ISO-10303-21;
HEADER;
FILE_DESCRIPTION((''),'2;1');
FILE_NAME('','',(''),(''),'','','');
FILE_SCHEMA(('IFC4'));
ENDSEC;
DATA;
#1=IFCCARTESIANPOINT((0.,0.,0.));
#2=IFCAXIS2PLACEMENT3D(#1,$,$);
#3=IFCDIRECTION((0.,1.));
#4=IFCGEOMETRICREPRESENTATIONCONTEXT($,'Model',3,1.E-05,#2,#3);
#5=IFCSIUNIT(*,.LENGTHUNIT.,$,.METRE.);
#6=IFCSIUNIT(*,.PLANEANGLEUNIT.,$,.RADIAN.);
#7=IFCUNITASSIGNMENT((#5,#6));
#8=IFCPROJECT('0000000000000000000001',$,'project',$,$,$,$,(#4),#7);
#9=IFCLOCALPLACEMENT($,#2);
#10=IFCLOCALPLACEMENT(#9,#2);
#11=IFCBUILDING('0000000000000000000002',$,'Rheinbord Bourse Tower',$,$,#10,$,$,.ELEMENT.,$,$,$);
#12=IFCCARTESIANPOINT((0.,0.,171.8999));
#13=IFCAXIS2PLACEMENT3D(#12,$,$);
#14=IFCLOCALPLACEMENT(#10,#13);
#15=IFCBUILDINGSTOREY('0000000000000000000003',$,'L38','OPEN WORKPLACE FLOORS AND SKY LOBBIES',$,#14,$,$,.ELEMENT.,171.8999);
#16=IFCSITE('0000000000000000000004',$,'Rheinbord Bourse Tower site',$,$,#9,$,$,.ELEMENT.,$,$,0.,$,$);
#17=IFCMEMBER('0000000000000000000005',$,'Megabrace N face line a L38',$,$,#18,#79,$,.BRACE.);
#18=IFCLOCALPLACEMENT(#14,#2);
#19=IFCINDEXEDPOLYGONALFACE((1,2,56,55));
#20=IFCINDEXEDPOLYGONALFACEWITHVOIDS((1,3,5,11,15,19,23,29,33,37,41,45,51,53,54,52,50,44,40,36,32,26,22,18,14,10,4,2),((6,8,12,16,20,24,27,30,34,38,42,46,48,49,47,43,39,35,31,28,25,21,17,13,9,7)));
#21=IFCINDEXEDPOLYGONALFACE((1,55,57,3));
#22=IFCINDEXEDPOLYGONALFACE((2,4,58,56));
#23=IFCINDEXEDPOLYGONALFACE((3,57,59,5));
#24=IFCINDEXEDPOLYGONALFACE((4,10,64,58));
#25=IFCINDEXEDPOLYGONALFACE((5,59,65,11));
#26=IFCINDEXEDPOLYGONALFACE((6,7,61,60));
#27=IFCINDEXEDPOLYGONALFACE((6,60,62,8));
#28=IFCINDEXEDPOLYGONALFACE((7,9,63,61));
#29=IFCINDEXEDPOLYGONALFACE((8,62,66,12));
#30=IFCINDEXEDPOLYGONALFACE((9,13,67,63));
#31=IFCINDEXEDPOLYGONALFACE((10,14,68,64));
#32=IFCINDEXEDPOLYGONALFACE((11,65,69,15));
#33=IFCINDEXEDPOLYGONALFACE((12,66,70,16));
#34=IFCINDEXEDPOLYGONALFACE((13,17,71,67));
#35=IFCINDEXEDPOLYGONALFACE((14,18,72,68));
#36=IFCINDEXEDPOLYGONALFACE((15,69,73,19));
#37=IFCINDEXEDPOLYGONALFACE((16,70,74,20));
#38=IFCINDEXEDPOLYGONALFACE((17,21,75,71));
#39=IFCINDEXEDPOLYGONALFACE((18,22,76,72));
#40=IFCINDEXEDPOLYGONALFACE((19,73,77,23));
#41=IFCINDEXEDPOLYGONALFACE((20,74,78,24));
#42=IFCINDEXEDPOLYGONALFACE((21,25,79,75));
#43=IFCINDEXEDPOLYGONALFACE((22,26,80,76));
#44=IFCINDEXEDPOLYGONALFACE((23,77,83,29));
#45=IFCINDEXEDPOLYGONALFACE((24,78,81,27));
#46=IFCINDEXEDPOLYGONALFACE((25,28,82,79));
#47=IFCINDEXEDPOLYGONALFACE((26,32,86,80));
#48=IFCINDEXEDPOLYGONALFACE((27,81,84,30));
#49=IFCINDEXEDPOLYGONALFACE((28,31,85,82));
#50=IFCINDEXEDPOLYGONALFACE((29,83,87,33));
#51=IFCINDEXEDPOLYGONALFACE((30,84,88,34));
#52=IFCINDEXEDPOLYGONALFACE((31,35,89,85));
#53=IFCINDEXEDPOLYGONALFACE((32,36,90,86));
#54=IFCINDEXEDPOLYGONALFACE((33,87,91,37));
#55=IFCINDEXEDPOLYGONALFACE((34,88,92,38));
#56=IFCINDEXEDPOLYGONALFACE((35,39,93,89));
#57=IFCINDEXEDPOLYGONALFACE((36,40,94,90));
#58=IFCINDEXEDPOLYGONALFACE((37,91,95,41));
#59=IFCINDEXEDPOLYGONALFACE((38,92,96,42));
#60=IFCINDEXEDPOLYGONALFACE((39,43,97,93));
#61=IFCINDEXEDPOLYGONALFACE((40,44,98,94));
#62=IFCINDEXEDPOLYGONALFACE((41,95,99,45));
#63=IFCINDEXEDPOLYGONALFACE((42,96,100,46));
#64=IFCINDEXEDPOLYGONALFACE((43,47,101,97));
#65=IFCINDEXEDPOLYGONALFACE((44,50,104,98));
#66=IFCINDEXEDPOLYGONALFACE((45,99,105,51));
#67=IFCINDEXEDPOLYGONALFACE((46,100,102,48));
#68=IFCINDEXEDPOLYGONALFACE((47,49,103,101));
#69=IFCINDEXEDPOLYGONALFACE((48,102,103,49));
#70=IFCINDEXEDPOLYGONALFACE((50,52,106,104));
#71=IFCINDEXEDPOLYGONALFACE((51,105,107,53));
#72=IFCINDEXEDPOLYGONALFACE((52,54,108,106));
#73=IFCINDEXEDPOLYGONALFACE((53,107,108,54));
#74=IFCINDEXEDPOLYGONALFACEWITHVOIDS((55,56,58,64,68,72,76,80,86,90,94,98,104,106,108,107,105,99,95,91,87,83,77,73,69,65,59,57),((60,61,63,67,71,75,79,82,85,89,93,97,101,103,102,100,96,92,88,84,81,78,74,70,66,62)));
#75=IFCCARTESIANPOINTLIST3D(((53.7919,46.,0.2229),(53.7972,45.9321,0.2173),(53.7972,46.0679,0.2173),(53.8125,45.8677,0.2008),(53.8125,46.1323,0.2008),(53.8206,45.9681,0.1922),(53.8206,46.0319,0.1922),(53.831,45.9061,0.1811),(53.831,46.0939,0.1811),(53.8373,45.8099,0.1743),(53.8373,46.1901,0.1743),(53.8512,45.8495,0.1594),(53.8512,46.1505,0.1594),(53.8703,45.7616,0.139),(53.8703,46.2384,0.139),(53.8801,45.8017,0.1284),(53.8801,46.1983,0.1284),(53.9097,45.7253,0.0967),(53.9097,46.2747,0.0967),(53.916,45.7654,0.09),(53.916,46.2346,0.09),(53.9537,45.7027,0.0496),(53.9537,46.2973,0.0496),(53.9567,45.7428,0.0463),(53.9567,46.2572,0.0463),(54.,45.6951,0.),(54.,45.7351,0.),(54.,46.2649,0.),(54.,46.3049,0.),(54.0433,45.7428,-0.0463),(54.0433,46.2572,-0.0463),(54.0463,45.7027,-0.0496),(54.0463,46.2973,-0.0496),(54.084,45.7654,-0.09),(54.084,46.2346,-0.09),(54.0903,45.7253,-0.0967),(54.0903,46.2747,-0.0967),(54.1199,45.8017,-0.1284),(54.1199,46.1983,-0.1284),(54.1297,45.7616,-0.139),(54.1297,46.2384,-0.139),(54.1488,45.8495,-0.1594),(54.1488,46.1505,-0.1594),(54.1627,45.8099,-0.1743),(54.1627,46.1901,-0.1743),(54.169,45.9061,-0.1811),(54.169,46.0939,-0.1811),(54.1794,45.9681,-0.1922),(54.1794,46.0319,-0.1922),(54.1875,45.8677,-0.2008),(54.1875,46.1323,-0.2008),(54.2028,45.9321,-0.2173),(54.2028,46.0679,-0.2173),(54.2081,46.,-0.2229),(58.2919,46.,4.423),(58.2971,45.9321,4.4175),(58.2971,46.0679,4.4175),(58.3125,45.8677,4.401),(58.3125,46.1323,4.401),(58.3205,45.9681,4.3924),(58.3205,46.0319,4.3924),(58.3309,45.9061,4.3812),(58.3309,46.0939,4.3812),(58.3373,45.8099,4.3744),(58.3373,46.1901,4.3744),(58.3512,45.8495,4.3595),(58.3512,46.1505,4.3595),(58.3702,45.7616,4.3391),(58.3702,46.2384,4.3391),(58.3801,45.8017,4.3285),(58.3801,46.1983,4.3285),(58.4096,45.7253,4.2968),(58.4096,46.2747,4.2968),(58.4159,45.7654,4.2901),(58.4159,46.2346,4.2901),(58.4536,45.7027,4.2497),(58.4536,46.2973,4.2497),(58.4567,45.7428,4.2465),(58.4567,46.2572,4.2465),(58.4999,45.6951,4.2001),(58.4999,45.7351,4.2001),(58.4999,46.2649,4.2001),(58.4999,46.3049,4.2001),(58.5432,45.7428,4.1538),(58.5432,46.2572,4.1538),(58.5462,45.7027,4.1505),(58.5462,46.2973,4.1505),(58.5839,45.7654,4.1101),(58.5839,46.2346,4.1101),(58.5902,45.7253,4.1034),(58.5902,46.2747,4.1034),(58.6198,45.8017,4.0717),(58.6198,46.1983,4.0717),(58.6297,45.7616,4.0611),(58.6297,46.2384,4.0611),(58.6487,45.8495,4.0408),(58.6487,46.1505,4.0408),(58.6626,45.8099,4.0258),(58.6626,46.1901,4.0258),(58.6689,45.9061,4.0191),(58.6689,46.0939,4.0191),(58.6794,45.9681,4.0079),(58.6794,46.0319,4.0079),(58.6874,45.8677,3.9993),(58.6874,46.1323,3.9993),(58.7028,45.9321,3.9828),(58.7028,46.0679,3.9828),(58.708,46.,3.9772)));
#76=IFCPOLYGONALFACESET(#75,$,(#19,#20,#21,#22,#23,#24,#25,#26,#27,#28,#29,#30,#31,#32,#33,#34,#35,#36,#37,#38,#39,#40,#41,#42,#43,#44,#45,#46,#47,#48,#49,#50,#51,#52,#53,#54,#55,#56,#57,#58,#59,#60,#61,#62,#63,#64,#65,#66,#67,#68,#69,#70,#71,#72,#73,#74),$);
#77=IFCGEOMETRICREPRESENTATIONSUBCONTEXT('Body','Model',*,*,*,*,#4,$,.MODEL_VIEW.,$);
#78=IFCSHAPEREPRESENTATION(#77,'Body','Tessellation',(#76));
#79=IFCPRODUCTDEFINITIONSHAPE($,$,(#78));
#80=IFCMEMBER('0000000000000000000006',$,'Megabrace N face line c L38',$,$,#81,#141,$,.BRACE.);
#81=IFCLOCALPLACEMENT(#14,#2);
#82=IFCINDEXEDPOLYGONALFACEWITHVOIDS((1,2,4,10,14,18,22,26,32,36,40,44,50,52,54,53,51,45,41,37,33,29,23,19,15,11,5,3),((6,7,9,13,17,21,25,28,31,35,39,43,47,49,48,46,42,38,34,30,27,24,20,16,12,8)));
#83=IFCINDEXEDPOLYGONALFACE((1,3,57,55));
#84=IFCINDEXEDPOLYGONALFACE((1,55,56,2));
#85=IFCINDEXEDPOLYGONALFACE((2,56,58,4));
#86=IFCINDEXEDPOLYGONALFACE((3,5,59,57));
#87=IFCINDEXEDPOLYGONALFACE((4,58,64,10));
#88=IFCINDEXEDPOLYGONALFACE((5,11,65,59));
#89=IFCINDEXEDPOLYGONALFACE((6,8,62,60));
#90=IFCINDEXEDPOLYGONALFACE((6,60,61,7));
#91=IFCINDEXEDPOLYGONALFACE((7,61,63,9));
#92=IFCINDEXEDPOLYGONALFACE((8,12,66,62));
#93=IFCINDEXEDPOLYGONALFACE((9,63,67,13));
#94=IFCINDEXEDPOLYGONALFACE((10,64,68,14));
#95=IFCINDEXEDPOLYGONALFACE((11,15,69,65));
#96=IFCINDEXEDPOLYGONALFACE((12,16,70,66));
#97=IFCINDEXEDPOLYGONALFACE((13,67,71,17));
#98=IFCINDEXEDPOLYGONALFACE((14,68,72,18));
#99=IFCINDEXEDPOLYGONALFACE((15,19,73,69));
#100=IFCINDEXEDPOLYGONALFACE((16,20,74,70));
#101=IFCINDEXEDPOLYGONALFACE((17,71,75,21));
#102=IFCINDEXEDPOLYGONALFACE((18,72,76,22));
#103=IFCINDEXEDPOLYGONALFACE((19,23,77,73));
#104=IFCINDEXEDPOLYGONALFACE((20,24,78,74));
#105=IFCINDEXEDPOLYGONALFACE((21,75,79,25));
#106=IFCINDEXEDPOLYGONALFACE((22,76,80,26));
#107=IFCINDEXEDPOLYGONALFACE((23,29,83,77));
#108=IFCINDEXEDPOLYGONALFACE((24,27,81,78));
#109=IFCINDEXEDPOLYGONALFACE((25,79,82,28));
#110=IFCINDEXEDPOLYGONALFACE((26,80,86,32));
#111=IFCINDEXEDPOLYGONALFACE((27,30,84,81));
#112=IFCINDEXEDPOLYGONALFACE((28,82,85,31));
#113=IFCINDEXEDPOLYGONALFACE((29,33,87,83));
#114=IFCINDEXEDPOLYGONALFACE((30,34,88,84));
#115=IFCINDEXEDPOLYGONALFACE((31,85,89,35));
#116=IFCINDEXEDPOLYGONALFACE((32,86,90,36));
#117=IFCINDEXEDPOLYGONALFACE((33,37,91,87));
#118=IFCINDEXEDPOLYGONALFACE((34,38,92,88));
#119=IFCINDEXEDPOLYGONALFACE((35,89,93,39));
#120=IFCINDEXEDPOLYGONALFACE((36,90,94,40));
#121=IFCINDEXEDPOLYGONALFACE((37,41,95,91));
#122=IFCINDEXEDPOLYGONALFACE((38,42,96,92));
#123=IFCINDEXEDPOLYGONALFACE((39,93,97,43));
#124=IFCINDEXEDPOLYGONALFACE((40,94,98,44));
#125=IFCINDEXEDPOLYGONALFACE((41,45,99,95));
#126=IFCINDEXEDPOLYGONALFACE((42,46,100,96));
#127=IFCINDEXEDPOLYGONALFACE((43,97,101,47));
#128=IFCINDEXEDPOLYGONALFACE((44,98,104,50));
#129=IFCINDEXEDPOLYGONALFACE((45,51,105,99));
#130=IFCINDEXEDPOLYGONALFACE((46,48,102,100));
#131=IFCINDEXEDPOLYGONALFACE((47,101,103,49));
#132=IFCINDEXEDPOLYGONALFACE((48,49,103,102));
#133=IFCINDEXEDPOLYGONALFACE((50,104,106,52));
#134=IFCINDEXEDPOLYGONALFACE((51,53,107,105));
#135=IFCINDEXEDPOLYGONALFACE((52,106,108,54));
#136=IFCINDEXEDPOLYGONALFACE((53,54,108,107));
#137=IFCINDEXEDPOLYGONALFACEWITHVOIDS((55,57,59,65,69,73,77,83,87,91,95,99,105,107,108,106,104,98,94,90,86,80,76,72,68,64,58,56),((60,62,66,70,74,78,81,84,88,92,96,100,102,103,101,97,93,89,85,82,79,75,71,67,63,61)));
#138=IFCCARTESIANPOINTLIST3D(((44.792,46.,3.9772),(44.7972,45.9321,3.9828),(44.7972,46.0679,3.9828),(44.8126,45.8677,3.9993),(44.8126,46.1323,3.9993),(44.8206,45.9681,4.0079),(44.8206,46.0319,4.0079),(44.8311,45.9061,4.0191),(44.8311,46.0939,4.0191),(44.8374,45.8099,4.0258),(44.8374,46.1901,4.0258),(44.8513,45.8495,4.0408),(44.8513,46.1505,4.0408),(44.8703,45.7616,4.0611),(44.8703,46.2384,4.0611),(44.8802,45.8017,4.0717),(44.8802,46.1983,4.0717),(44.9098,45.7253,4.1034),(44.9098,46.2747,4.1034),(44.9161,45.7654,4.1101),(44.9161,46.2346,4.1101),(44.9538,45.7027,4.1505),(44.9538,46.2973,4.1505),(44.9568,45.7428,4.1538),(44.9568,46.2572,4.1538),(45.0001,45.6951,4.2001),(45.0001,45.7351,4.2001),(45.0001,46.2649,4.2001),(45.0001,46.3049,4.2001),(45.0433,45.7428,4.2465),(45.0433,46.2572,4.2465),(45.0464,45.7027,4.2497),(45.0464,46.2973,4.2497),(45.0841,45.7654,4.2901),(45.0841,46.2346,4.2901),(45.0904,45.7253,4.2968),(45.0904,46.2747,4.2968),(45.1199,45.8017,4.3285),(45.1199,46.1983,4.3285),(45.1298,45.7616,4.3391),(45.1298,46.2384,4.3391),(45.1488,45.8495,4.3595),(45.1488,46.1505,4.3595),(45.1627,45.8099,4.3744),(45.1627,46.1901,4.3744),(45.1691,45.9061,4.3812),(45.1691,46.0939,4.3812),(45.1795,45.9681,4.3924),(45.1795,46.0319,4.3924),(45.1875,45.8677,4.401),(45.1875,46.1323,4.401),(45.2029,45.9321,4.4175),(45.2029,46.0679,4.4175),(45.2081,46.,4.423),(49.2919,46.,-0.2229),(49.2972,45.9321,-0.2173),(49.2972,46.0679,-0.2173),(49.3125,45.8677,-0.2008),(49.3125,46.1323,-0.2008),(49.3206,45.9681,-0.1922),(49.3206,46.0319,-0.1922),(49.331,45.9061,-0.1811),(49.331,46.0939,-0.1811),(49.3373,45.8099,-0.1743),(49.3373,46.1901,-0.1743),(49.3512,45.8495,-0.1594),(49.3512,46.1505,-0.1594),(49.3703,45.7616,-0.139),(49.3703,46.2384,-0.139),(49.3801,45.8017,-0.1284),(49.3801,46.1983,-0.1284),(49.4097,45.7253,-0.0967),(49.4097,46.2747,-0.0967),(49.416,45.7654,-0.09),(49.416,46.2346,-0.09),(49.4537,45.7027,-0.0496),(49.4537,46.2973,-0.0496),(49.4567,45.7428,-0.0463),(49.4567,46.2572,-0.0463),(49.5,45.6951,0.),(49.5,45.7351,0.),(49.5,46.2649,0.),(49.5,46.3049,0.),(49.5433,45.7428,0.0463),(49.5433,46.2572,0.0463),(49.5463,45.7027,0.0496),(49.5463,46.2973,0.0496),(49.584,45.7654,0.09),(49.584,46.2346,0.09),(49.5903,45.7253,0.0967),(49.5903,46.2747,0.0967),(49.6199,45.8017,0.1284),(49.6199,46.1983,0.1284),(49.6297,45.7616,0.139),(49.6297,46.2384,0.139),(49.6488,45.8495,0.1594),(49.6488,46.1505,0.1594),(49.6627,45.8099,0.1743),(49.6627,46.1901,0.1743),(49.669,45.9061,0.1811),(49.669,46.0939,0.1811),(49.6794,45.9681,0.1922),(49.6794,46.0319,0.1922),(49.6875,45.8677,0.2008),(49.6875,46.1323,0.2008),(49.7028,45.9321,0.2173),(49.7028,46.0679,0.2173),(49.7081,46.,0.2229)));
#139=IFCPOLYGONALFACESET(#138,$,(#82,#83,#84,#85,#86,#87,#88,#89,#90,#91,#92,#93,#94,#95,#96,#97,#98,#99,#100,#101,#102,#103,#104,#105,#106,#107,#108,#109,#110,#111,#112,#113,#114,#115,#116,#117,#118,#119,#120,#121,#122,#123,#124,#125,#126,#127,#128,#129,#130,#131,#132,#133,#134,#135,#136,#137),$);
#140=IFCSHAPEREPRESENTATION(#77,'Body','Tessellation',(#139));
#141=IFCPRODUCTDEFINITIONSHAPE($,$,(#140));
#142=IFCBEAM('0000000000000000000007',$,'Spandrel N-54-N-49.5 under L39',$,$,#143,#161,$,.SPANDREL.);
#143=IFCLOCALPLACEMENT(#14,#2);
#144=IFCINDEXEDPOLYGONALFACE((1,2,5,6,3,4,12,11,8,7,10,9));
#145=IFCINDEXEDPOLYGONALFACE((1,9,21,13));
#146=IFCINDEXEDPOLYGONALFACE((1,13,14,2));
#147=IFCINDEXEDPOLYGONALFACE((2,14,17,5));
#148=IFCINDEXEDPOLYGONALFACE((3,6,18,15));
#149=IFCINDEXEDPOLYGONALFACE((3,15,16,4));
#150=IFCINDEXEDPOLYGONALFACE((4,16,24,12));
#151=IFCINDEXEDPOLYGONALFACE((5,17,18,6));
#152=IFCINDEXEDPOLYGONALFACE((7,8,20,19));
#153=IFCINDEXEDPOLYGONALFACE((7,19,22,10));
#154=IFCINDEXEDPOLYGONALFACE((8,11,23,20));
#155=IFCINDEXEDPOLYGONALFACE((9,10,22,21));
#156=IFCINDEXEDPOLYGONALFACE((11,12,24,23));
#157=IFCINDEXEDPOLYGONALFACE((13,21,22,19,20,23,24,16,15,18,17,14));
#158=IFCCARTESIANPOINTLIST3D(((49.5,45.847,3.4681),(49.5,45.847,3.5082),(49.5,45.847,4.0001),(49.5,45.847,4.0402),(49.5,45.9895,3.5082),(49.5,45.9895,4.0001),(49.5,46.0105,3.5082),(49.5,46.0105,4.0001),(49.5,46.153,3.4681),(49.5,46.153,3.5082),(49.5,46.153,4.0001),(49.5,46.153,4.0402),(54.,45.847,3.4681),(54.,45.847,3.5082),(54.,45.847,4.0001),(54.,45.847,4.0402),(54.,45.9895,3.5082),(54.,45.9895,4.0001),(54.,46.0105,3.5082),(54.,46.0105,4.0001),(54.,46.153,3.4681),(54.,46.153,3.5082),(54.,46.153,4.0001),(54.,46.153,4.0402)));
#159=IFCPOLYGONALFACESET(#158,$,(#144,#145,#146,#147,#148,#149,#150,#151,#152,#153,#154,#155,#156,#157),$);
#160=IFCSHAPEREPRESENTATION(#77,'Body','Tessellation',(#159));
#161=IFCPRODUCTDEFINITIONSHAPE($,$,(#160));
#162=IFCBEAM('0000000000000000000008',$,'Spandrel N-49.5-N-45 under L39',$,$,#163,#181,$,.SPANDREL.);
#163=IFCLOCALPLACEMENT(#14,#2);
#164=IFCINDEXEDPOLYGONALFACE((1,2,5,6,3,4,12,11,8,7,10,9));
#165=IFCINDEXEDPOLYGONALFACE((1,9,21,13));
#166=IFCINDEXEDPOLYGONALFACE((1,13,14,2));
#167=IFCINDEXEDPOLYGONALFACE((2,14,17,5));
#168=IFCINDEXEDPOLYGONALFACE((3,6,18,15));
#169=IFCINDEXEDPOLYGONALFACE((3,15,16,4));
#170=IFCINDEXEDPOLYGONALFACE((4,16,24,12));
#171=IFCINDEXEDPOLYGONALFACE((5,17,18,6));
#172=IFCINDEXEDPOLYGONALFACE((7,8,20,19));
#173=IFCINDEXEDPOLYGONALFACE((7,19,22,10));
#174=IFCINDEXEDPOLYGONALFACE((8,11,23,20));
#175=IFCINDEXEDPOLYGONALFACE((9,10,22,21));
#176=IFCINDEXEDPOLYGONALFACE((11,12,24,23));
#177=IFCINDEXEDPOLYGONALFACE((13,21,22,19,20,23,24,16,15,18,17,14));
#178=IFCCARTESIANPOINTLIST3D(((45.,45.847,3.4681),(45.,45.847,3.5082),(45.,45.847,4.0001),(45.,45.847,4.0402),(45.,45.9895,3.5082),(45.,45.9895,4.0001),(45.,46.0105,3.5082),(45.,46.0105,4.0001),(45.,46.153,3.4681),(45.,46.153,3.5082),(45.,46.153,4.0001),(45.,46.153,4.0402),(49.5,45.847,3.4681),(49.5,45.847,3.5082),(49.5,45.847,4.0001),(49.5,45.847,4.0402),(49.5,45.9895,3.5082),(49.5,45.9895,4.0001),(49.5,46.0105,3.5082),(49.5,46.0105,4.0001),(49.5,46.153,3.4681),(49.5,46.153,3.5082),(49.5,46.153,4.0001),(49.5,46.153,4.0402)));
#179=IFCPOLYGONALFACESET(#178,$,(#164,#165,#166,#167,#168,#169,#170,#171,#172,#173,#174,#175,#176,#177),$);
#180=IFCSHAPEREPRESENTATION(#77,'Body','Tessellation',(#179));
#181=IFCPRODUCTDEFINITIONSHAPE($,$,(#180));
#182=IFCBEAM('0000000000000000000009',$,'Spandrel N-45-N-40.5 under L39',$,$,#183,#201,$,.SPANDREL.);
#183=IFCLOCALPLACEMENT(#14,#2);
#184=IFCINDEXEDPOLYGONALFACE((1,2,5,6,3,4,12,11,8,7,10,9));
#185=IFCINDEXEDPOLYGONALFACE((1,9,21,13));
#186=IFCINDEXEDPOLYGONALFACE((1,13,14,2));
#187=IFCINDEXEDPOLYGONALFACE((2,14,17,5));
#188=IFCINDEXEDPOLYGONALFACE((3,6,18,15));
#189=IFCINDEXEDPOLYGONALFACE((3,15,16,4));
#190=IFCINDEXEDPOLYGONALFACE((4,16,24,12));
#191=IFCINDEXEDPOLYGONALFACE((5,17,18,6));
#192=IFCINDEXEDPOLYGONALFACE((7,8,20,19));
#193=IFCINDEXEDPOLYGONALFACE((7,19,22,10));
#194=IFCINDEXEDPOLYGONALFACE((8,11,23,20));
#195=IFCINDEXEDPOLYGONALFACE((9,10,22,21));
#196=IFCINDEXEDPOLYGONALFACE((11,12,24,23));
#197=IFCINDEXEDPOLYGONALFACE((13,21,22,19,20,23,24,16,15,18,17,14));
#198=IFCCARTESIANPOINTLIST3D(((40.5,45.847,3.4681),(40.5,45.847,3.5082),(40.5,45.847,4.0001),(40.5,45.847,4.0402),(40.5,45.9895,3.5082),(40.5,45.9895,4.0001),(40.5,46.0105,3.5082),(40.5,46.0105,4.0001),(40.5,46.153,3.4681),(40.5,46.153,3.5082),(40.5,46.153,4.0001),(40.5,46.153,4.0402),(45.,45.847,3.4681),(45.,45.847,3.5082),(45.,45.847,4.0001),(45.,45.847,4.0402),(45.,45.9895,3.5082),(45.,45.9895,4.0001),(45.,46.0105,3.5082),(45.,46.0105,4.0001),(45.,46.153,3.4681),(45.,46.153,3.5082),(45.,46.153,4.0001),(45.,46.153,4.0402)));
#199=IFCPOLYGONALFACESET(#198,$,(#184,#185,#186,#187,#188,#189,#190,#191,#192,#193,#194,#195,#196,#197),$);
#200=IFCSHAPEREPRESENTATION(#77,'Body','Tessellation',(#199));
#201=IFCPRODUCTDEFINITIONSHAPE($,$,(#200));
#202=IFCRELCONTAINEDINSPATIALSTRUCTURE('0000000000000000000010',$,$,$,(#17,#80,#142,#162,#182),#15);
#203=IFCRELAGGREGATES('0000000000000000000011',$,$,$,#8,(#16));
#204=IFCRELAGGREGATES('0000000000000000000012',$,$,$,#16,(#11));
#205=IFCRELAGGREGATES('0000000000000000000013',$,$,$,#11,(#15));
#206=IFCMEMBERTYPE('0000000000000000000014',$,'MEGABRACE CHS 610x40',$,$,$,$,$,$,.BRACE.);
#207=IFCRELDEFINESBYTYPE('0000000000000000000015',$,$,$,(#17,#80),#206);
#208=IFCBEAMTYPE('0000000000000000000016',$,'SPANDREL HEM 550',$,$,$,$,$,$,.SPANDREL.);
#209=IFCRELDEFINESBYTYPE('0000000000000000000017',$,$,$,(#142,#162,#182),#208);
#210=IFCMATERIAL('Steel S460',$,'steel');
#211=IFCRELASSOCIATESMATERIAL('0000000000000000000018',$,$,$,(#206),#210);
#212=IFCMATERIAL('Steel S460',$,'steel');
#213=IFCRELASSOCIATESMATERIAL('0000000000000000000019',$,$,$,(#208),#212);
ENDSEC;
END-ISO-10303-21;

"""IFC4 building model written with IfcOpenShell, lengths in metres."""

from ifc_helpers import new_model, si_unit, direction, frame, origin, origin_2d, place, context, subcontext, project, spatial, hollow_circle, i_section, extrude, material, material_profile, profile_set, type_object, element, save


model = new_model("IFC4")

# Units and contexts
model_context = context("Model", 3, precision=1e-05, world=origin(), true_north=direction((0.0, 1.0)))
body_context = subcontext(model_context, "Body", "Model", "MODEL_VIEW")
ifc_project = project(units=[si_unit("LENGTHUNIT", "METRE"), si_unit("PLANEANGLEUNIT", "RADIAN")], contexts=[model_context])

# Site, building, storey
site_placement = place(None, origin())
site = spatial("IfcSite", under=ifc_project, at=site_placement, Name="Rheinbord Bourse Tower site", CompositionType="ELEMENT", RefElevation=0.0)
building_placement = place(site_placement, origin())
building = spatial("IfcBuilding", under=site, at=building_placement, Name="Rheinbord Bourse Tower", CompositionType="ELEMENT")
storey_placement = place(building_placement, frame((0.0, 0.0, 171.8999)))
storey = spatial("IfcBuildingStorey", under=building, at=storey_placement, Name="L38", Description="OPEN WORKPLACE FLOORS AND SKY LOBBIES", CompositionType="ELEMENT", Elevation=171.8999)

# Members
ifc_material_1 = material(Name="Steel S460", Category="steel")
ifc_material_profile_1 = material_profile(ifc_material_1, hollow_circle(Radius=0.3049, WallThickness=0.04, at=origin_2d()), Name="CHS 610x40")
ifc_profile_set_1 = profile_set([ifc_material_profile_1], Name="Steel S460")
member_type_1 = type_object("IfcMemberType", Name="MEGABRACE CHS 610x40", PredefinedType="BRACE", material=ifc_profile_set_1)
for number, where, z_axis, x_axis, name in (
    (1, (54.0, 46.0, 0.0), (0.731039, 0.0, 0.682335), (0.0, 1.0, 0.0), "Megabrace N face line a L38"),
    (2, (49.5, 46.0, 0.0), (-0.731039, 0.0, 0.682335), (0.0, -1.0, 0.0), "Megabrace N face line c L38"),
):
    element("IfcMember", number, at=place(storey_placement, frame(where, z_axis=z_axis, x_axis=x_axis)), inside=storey, type_object=member_type_1, Name=name, PredefinedType="BRACE", context=body_context, shape_type="SweptSolid", body=[
        extrude(hollow_circle(Radius=0.3049, WallThickness=0.04, at=origin_2d()), origin(), (0.0, 0.0, 1.0), 6.1555),
    ])

# Beams
ifc_material_2 = material(Name="Steel S460", Category="steel")
ifc_material_profile_2 = material_profile(ifc_material_2, i_section(OverallWidth=0.3059, OverallDepth=0.572, WebThickness=0.021, FlangeThickness=0.04, at=origin_2d()), Name="HEM 550")
ifc_profile_set_2 = profile_set([ifc_material_profile_2], Name="Steel S460")
beam_type_1 = type_object("IfcBeamType", Name="SPANDREL HEM 550", PredefinedType="SPANDREL", material=ifc_profile_set_2)
for number, where, z_axis, x_axis, name in (
    (3, (54.0, 46.0, 3.7542), (-1.0, 0.0, 0.0), (0.0, -1.0, 0.0), "Spandrel N-54-N-49.5 under L39"),
    (4, (49.5, 46.0, 3.7542), (-1.0, 0.0, 0.0), (0.0, -1.0, 0.0), "Spandrel N-49.5-N-45 under L39"),
    (5, (45.0, 46.0, 3.7542), (-1.0, 0.0, 0.0), (0.0, -1.0, 0.0), "Spandrel N-45-N-40.5 under L39"),
):
    element("IfcBeam", number, at=place(storey_placement, frame(where, z_axis=z_axis, x_axis=x_axis)), inside=storey, type_object=beam_type_1, Name=name, PredefinedType="SPANDREL", context=body_context, shape_type="SweptSolid", body=[
        extrude(i_section(OverallWidth=0.3059, OverallDepth=0.572, WebThickness=0.021, FlangeThickness=0.04, at=origin_2d()), origin(), (0.0, 0.0, 1.0), 4.5),
    ])

save(model, "model.ifc")
